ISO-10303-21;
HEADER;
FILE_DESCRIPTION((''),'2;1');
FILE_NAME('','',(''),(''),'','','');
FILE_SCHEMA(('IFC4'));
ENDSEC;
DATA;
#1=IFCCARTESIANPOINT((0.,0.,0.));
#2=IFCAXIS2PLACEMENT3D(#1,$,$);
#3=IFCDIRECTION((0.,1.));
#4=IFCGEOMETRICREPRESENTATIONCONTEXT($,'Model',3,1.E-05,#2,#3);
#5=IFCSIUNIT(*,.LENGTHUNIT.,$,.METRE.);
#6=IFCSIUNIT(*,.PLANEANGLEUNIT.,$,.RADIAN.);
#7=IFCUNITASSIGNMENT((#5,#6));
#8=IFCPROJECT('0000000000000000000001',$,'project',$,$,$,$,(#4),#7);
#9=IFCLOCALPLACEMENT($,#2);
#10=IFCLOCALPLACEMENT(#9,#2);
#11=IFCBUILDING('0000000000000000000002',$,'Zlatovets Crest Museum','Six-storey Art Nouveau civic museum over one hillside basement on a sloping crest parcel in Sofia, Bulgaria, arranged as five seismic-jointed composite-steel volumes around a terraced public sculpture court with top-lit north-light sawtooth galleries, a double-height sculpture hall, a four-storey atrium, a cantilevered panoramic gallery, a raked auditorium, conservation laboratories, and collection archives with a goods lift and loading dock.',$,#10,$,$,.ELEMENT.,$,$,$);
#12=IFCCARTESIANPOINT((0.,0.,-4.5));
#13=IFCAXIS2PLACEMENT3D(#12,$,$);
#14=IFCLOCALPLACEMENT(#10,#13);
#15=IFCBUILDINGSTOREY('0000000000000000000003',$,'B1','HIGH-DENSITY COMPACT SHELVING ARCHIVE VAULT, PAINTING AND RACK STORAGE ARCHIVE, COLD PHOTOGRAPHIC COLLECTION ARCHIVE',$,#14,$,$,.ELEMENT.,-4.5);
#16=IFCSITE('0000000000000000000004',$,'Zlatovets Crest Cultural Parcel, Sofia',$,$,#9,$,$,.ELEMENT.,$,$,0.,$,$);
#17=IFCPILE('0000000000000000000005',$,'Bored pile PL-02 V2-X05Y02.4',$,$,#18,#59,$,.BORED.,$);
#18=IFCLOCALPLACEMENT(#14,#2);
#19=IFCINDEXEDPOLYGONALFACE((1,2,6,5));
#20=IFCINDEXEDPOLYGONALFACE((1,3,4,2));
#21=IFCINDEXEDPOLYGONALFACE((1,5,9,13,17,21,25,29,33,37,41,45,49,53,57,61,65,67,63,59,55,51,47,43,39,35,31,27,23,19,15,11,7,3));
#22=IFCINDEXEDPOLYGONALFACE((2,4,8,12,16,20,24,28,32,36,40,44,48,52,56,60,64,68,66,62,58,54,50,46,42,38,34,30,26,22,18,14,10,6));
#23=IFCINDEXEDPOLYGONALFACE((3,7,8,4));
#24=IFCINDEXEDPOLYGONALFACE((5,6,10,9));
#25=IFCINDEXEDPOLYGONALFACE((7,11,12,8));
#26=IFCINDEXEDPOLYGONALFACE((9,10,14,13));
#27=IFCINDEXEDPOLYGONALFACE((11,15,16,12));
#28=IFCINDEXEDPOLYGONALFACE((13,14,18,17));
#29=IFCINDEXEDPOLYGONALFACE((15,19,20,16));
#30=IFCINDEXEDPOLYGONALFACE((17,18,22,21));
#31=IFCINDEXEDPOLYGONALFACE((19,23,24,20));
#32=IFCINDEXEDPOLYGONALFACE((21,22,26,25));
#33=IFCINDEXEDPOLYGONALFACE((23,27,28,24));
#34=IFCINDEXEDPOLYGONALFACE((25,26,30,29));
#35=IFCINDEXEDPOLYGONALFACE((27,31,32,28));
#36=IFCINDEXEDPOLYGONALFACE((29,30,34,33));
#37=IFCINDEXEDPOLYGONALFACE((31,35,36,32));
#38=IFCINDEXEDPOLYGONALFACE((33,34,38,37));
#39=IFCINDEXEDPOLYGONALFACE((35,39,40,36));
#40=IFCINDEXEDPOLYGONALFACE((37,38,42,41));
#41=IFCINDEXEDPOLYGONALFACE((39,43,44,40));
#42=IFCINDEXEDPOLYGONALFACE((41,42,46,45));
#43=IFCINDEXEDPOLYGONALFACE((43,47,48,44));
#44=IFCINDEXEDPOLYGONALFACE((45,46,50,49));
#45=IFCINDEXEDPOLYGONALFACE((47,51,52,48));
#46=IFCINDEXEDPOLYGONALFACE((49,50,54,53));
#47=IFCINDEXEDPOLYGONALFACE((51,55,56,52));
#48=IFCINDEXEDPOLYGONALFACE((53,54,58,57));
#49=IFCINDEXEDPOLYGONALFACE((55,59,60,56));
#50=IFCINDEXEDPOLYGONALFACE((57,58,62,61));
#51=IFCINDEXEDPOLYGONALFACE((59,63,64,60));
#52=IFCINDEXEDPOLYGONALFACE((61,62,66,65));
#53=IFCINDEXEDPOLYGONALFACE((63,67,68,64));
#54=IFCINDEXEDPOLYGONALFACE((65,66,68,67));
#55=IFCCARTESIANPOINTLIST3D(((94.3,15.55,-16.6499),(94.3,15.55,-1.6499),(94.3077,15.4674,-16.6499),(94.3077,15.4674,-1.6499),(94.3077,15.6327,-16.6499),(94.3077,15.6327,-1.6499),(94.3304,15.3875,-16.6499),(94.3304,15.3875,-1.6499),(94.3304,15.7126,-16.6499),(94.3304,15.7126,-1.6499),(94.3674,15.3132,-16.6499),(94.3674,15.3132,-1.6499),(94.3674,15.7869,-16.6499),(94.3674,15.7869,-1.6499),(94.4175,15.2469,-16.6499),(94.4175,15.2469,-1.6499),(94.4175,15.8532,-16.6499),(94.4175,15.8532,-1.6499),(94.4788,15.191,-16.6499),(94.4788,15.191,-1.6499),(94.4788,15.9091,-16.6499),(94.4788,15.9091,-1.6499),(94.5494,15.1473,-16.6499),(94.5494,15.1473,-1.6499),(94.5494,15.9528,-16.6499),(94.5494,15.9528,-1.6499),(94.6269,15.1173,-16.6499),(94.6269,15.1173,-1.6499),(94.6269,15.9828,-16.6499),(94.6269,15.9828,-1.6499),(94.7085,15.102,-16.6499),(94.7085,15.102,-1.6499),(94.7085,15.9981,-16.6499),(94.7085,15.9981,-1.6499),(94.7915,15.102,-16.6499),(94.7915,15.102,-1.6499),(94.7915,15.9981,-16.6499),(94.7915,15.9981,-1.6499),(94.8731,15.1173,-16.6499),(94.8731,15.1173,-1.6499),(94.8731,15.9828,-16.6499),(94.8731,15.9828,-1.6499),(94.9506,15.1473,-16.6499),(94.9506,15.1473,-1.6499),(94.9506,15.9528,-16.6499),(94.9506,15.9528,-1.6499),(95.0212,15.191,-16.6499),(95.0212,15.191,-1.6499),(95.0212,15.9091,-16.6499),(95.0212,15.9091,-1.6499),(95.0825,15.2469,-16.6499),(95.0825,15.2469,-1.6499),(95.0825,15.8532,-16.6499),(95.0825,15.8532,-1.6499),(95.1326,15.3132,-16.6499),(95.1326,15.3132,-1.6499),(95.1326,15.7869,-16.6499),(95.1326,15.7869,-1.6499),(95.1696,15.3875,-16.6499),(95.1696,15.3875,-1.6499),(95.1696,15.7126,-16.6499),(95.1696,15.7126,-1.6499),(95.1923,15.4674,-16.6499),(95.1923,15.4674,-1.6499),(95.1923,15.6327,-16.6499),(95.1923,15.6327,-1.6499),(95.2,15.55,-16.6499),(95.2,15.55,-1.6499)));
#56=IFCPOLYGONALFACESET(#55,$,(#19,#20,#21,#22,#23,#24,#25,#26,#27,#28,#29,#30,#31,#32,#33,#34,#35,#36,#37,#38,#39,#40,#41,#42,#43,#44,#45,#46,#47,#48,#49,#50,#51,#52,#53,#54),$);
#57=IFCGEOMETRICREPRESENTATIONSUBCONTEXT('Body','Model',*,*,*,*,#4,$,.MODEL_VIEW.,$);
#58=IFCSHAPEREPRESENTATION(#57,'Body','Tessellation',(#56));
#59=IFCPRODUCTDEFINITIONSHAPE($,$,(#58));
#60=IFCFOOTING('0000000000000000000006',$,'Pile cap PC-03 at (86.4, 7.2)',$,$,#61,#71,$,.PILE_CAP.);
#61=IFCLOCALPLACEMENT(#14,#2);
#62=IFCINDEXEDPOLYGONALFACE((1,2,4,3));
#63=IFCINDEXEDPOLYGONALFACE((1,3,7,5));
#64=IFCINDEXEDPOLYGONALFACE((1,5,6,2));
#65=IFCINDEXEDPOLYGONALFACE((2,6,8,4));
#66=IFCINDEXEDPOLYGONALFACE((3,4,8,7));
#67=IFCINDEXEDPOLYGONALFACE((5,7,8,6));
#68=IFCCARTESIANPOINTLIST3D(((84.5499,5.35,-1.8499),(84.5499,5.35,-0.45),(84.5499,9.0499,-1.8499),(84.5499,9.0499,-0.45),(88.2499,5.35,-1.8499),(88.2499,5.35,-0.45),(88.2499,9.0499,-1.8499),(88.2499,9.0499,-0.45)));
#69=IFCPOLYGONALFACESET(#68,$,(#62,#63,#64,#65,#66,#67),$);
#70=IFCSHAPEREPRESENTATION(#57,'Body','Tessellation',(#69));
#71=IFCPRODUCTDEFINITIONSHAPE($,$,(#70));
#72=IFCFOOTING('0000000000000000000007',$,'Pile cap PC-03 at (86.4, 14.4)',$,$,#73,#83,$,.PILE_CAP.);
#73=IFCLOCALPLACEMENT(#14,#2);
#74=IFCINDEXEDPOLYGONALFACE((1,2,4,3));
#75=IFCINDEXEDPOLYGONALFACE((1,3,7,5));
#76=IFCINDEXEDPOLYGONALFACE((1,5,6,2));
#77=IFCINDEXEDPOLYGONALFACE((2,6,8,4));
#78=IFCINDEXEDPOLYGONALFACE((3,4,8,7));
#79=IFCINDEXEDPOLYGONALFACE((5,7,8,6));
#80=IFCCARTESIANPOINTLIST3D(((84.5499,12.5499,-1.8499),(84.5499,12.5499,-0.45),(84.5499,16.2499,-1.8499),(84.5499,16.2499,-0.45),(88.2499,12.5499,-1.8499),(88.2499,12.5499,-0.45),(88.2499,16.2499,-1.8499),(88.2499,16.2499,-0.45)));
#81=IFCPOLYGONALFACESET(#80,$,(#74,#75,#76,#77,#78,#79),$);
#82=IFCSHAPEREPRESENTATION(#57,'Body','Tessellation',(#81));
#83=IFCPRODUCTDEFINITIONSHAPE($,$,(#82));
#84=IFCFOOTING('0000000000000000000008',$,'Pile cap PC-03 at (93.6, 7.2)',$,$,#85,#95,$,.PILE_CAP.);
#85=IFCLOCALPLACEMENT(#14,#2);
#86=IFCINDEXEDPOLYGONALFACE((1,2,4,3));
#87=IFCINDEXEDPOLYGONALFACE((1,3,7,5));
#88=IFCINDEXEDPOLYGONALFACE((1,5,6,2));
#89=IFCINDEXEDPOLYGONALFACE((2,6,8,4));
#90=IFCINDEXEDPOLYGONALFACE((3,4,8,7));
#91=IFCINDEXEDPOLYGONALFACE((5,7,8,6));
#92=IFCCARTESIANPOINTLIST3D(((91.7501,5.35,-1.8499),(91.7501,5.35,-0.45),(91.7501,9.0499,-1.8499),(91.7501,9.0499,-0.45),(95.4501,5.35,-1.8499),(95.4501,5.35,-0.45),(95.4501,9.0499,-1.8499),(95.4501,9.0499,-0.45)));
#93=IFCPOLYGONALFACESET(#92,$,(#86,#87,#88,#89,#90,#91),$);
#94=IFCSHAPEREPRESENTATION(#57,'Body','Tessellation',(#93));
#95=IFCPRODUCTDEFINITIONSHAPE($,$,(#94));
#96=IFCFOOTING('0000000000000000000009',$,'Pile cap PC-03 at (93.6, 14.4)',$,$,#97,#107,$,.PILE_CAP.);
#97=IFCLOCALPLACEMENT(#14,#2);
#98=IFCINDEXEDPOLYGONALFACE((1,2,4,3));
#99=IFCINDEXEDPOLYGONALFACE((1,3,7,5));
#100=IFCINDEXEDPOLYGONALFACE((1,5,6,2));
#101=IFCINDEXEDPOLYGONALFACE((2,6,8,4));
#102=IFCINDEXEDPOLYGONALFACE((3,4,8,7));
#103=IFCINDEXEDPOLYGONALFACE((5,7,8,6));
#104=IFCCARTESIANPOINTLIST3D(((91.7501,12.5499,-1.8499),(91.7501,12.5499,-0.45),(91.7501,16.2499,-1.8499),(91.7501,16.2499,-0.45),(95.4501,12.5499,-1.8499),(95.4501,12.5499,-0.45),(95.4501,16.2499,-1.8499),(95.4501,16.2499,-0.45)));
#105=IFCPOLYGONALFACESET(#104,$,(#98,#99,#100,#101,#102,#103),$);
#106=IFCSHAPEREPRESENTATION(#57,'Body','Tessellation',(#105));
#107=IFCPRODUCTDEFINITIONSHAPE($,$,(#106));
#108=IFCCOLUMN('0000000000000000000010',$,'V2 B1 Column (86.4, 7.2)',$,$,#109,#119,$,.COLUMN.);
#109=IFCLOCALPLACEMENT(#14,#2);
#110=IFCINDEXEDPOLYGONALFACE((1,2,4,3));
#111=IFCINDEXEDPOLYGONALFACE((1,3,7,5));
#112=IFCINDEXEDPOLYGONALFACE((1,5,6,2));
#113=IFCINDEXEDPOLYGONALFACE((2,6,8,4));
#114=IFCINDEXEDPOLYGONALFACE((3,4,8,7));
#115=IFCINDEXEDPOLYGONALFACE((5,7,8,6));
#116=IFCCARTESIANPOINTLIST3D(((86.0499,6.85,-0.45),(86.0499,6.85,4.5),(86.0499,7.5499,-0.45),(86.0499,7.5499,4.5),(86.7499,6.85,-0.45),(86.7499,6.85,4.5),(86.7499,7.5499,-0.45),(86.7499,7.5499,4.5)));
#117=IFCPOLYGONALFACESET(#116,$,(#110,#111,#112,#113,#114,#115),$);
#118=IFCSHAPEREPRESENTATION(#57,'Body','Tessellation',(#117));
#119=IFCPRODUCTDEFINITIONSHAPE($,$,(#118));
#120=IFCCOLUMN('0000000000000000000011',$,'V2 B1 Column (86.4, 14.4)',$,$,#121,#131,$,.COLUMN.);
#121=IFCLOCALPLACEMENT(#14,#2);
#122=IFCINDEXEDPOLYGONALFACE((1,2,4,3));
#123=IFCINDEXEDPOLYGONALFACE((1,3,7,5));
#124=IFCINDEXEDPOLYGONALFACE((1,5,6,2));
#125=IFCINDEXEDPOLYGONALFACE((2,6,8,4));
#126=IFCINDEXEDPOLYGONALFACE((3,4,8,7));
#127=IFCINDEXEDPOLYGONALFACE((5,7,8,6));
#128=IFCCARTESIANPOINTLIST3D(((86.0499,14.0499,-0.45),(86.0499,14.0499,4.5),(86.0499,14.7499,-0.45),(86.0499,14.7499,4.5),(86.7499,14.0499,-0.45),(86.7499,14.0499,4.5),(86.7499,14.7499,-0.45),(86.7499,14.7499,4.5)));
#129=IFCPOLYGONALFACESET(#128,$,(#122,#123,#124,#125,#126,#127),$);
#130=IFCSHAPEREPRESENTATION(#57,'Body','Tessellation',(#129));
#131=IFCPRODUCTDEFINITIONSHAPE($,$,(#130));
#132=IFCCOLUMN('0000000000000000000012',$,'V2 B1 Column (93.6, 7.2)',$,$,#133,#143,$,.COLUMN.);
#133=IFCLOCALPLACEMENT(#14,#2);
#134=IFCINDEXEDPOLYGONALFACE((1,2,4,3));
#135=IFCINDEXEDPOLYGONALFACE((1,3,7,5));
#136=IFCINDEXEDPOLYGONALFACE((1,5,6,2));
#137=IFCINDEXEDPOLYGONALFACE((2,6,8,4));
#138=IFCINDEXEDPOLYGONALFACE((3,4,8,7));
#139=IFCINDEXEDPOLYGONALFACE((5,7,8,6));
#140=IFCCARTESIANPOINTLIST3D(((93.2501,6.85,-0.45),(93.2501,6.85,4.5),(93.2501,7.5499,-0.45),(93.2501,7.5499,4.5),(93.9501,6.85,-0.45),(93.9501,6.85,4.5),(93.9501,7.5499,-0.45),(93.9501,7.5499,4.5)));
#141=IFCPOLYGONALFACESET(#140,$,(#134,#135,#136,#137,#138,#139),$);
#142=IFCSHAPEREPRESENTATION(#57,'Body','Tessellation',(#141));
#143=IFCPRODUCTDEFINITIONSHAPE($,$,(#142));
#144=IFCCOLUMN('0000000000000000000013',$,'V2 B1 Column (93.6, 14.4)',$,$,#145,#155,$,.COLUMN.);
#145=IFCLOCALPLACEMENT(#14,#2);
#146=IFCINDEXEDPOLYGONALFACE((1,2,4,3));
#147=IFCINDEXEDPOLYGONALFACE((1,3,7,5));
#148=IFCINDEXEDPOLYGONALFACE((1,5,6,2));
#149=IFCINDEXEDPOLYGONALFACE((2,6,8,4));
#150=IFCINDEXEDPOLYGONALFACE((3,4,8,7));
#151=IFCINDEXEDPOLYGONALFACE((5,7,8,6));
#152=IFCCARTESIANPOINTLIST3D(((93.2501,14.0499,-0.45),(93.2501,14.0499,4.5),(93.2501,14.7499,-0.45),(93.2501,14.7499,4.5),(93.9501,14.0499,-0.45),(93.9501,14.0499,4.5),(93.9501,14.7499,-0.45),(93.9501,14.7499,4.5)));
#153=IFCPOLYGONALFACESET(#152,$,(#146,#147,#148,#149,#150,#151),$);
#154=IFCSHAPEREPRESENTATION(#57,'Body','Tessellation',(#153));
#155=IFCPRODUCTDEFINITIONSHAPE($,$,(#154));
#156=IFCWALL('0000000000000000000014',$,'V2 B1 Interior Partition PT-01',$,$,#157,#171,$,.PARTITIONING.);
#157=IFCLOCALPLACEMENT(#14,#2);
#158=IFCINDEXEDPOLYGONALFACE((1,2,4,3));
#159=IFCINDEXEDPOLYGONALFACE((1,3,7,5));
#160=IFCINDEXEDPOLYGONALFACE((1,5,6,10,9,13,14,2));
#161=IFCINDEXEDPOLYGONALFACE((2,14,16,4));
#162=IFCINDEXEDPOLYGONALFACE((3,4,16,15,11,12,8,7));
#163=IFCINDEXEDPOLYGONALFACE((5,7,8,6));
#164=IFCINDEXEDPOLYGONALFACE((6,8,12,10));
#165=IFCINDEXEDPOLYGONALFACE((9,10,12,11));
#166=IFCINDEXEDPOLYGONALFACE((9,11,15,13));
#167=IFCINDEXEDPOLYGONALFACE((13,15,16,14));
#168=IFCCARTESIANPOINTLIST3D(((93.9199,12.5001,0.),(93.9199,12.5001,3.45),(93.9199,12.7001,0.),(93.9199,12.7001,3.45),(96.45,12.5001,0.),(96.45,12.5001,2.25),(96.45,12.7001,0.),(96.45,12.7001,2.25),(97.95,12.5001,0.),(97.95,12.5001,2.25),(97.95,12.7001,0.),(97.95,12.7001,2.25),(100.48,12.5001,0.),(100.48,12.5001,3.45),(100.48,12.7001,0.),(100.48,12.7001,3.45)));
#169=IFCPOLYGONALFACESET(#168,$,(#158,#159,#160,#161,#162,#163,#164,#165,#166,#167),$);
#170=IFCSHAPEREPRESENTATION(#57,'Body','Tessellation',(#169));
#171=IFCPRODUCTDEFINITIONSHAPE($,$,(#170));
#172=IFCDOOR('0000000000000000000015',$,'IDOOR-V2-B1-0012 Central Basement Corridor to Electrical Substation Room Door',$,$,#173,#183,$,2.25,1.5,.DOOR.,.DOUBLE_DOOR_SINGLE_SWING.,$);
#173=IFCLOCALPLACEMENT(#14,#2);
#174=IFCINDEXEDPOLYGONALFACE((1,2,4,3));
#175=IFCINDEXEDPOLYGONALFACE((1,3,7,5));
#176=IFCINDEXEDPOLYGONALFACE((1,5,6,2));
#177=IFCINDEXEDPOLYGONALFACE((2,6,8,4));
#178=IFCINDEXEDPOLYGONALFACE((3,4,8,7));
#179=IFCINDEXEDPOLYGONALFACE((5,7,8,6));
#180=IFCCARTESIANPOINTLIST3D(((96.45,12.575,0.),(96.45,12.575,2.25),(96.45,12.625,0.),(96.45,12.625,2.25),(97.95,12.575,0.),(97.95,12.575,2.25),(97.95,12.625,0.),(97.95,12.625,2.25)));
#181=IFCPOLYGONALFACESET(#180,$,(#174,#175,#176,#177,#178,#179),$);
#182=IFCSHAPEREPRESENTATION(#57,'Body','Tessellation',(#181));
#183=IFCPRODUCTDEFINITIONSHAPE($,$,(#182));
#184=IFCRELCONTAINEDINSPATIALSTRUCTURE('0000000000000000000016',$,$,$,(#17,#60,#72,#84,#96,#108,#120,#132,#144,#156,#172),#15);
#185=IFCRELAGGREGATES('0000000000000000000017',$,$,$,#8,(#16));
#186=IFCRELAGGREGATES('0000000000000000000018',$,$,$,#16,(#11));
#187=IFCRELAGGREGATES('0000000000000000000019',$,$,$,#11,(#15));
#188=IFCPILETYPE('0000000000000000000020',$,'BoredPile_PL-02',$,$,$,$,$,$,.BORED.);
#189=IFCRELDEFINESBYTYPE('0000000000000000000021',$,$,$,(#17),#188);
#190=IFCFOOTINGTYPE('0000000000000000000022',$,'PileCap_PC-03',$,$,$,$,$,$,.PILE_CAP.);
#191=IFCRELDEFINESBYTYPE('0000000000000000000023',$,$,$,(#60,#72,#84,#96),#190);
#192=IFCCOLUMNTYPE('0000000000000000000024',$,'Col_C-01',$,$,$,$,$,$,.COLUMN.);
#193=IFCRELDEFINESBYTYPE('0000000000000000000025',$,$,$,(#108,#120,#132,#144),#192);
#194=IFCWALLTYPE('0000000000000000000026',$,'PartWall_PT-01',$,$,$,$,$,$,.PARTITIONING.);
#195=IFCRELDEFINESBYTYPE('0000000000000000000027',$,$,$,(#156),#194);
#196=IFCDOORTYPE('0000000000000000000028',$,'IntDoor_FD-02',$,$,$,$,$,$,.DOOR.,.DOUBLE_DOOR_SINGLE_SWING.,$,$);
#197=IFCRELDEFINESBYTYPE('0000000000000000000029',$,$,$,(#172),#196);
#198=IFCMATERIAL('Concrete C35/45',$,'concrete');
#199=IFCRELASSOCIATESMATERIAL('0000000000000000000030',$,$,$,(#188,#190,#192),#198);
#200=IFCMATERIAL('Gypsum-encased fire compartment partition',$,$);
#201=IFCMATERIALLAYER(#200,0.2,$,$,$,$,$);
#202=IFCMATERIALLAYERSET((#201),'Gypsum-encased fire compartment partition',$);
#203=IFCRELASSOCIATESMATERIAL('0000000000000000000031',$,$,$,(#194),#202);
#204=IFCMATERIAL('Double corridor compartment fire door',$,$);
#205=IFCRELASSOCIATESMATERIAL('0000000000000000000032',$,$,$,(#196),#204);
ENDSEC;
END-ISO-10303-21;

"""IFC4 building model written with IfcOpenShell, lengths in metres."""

from ifc_helpers import new_model, si_unit, direction, frame, frame_2d, origin, origin_2d, place, context, subcontext, project, spatial, rectangle, circle, extrude, material, layer, layer_set, material_profile, profile_set, type_object, element, fill, save


model = new_model("IFC4")

# Units and contexts
model_context = context("Model", 3, precision=1e-05, world=origin(), true_north=direction((0.0, 1.0)))
body_context = subcontext(model_context, "Body", "Model", "MODEL_VIEW")
ifc_project = project(units=[si_unit("LENGTHUNIT", "METRE"), si_unit("PLANEANGLEUNIT", "RADIAN")], contexts=[model_context])

# Site, building, storey
site_placement = place(None, origin())
site = spatial("IfcSite", under=ifc_project, at=site_placement, Name="Zlatovets Crest Cultural Parcel, Sofia", CompositionType="ELEMENT", RefElevation=0.0)
building_placement = place(site_placement, origin())
building = spatial("IfcBuilding", under=site, at=building_placement, Name="Zlatovets Crest Museum", Description="Six-storey Art Nouveau civic museum over one hillside basement on a sloping crest parcel in Sofia, Bulgaria, arranged as five seismic-jointed composite-steel volumes around a terraced public sculpture court with top-lit north-light sawtooth galleries, a double-height sculpture hall, a four-storey atrium, a cantilevered panoramic gallery, a raked auditorium, conservation laboratories, and collection archives with a goods lift and loading dock.", CompositionType="ELEMENT")
storey_placement = place(building_placement, frame((0.0, 0.0, -4.5)))
storey = spatial("IfcBuildingStorey", under=building, at=storey_placement, Name="B1", Description="HIGH-DENSITY COMPACT SHELVING ARCHIVE VAULT, PAINTING AND RACK STORAGE ARCHIVE, COLD PHOTOGRAPHIC COLLECTION ARCHIVE", CompositionType="ELEMENT", Elevation=-4.5)

# Pile
ifc_material_1 = material(Name="Concrete C35/45", Category="concrete")
ifc_material_profile_1 = material_profile(ifc_material_1, circle(Radius=0.45, at=origin_2d()), Name="PILE D900")
ifc_profile_set_1 = profile_set([ifc_material_profile_1], Name="Concrete C35/45")
pile_type = type_object("IfcPileType", Name="BoredPile_PL-02", PredefinedType="BORED", material=ifc_profile_set_1)
for number, where, z_axis, x_axis, name in (
    (1, (94.75, 15.55, -1.6499), (0.0, 0.0, -1.0), (1.0, 0.0, 0.0), "Bored pile PL-02 V2-X05Y02.4"),
):
    element("IfcPile", number, at=place(storey_placement, frame(where, z_axis=z_axis, x_axis=x_axis)), inside=storey, type_object=pile_type, Name=name, PredefinedType="BORED", context=body_context, shape_type="SweptSolid", body=[
        extrude(circle(Radius=0.45, at=origin_2d()), origin(), (0.0, 0.0, 1.0), 15.0),
    ])

# Footings
footing_type = type_object("IfcFootingType", Name="PileCap_PC-03", PredefinedType="PILE_CAP", material=ifc_material_1)
for number, where, z_axis, x_axis, name in (
    (2, (86.3999, 7.2, -1.8499), (0.0, 0.0, 1.0), (1.0, 0.0, 0.0), "Pile cap PC-03 at (86.4, 7.2)"),
    (3, (86.3999, 14.3999, -1.8499), (0.0, 0.0, 1.0), (1.0, 0.0, 0.0), "Pile cap PC-03 at (86.4, 14.4)"),
    (4, (93.6001, 7.2, -1.8499), (0.0, 0.0, 1.0), (1.0, 0.0, 0.0), "Pile cap PC-03 at (93.6, 7.2)"),
    (5, (93.6001, 14.3999, -1.8499), (0.0, 0.0, 1.0), (1.0, 0.0, 0.0), "Pile cap PC-03 at (93.6, 14.4)"),
):
    element("IfcFooting", number, at=place(storey_placement, frame(where, z_axis=z_axis, x_axis=x_axis)), inside=storey, type_object=footing_type, Name=name, PredefinedType="PILE_CAP", context=body_context, shape_type="SweptSolid", body=[
        extrude(rectangle(XDim=3.7, YDim=3.7, at=origin_2d()), origin(), (0.0, 0.0, 1.0), 1.3999),
    ])

# Columns
ifc_material_profile_2 = material_profile(ifc_material_1, rectangle(XDim=0.7, YDim=0.7, at=origin_2d()), Name="RC 700x700")
ifc_profile_set_2 = profile_set([ifc_material_profile_2], Name="Concrete C35/45")
column_type = type_object("IfcColumnType", Name="Col_C-01", PredefinedType="COLUMN", material=ifc_profile_set_2)
for number, where, z_axis, x_axis, name in (
    (6, (86.3999, 7.2, -0.45), (0.0, 0.0, 1.0), (0.0, 1.0, 0.0), "V2 B1 Column (86.4, 7.2)"),
    (7, (86.3999, 14.3999, -0.45), (0.0, 0.0, 1.0), (1.0, 0.0, 0.0), "V2 B1 Column (86.4, 14.4)"),
    (8, (93.6001, 7.2, -0.45), (0.0, 0.0, 1.0), (1.0, 0.0, 0.0), "V2 B1 Column (93.6, 7.2)"),
    (9, (93.6001, 14.3999, -0.45), (0.0, 0.0, 1.0), (0.0, 1.0, 0.0), "V2 B1 Column (93.6, 14.4)"),
):
    element("IfcColumn", number, at=place(storey_placement, frame(where, z_axis=z_axis, x_axis=x_axis)), inside=storey, type_object=column_type, Name=name, PredefinedType="COLUMN", context=body_context, shape_type="SweptSolid", body=[
        extrude(rectangle(XDim=0.7, YDim=0.7, at=origin_2d()), origin(), (0.0, 0.0, 1.0), 4.95),
    ])

# Wall, opening, door
ifc_material_2 = material(Name="Gypsum-encased fire compartment partition")
ifc_layer = layer(ifc_material_2, 0.2)
ifc_layer_set = layer_set([ifc_layer], Name="Gypsum-encased fire compartment partition")
wall_type = type_object("IfcWallType", Name="PartWall_PT-01", PredefinedType="PARTITIONING", material=ifc_layer_set)
wall_1_placement = place(storey_placement, frame((93.9199, 12.6001, 0.0), z_axis=(0.0, 0.0, 1.0), x_axis=(1.0, 0.0, 0.0)))
wall_1 = element("IfcWall", 10, at=wall_1_placement, inside=storey, type_object=wall_type, Name="V2 B1 Interior Partition PT-01", PredefinedType="PARTITIONING", context=body_context, shape_type="SweptSolid", body=[
    extrude(rectangle(XDim=6.5601, YDim=0.2, at=frame_2d((3.28, 0.0))), origin(), (0.0, 0.0, 1.0), 3.45),
])
opening_1_placement = place(wall_1_placement, frame((2.53, 0.0, 0.0)))
opening_1 = element("IfcOpeningElement", 11, at=opening_1_placement, cuts=wall_1, PredefinedType="OPENING", context=body_context, shape_type="SweptSolid", body=[
    extrude(rectangle(XDim=1.5, YDim=2.25, at=frame_2d((0.75, 1.125))), frame((0.0, 0.1099, 0.0), z_axis=(0.0, -1.0, 0.0), x_axis=(1.0, 0.0, 0.0)), (0.0, 0.0, 1.0), 0.22),
])
ifc_material_3 = material(Name="Double corridor compartment fire door")
door_type_1 = type_object("IfcDoorType", Name="IntDoor_FD-02", OperationType="DOUBLE_DOOR_SINGLE_SWING", PredefinedType="DOOR", material=ifc_material_3)
door_1_placement = place(opening_1_placement, origin())
door_1 = element("IfcDoor", 12, at=door_1_placement, inside=storey, type_object=door_type_1, Name="IDOOR-V2-B1-0012 Central Basement Corridor to Electrical Substation Room Door", OperationType="DOUBLE_DOOR_SINGLE_SWING", OverallHeight=2.25, OverallWidth=1.5, PredefinedType="DOOR", context=body_context, shape_type="SweptSolid", body=[
    extrude(rectangle(XDim=1.5, YDim=2.25, at=frame_2d((0.75, 1.125))), frame((0.0, 0.0249, 0.0), z_axis=(0.0, -1.0, 0.0), x_axis=(1.0, 0.0, 0.0)), (0.0, 0.0, 1.0), 0.05),
])
fill(opening_1, door_1)

save(model, "model.ifc")
